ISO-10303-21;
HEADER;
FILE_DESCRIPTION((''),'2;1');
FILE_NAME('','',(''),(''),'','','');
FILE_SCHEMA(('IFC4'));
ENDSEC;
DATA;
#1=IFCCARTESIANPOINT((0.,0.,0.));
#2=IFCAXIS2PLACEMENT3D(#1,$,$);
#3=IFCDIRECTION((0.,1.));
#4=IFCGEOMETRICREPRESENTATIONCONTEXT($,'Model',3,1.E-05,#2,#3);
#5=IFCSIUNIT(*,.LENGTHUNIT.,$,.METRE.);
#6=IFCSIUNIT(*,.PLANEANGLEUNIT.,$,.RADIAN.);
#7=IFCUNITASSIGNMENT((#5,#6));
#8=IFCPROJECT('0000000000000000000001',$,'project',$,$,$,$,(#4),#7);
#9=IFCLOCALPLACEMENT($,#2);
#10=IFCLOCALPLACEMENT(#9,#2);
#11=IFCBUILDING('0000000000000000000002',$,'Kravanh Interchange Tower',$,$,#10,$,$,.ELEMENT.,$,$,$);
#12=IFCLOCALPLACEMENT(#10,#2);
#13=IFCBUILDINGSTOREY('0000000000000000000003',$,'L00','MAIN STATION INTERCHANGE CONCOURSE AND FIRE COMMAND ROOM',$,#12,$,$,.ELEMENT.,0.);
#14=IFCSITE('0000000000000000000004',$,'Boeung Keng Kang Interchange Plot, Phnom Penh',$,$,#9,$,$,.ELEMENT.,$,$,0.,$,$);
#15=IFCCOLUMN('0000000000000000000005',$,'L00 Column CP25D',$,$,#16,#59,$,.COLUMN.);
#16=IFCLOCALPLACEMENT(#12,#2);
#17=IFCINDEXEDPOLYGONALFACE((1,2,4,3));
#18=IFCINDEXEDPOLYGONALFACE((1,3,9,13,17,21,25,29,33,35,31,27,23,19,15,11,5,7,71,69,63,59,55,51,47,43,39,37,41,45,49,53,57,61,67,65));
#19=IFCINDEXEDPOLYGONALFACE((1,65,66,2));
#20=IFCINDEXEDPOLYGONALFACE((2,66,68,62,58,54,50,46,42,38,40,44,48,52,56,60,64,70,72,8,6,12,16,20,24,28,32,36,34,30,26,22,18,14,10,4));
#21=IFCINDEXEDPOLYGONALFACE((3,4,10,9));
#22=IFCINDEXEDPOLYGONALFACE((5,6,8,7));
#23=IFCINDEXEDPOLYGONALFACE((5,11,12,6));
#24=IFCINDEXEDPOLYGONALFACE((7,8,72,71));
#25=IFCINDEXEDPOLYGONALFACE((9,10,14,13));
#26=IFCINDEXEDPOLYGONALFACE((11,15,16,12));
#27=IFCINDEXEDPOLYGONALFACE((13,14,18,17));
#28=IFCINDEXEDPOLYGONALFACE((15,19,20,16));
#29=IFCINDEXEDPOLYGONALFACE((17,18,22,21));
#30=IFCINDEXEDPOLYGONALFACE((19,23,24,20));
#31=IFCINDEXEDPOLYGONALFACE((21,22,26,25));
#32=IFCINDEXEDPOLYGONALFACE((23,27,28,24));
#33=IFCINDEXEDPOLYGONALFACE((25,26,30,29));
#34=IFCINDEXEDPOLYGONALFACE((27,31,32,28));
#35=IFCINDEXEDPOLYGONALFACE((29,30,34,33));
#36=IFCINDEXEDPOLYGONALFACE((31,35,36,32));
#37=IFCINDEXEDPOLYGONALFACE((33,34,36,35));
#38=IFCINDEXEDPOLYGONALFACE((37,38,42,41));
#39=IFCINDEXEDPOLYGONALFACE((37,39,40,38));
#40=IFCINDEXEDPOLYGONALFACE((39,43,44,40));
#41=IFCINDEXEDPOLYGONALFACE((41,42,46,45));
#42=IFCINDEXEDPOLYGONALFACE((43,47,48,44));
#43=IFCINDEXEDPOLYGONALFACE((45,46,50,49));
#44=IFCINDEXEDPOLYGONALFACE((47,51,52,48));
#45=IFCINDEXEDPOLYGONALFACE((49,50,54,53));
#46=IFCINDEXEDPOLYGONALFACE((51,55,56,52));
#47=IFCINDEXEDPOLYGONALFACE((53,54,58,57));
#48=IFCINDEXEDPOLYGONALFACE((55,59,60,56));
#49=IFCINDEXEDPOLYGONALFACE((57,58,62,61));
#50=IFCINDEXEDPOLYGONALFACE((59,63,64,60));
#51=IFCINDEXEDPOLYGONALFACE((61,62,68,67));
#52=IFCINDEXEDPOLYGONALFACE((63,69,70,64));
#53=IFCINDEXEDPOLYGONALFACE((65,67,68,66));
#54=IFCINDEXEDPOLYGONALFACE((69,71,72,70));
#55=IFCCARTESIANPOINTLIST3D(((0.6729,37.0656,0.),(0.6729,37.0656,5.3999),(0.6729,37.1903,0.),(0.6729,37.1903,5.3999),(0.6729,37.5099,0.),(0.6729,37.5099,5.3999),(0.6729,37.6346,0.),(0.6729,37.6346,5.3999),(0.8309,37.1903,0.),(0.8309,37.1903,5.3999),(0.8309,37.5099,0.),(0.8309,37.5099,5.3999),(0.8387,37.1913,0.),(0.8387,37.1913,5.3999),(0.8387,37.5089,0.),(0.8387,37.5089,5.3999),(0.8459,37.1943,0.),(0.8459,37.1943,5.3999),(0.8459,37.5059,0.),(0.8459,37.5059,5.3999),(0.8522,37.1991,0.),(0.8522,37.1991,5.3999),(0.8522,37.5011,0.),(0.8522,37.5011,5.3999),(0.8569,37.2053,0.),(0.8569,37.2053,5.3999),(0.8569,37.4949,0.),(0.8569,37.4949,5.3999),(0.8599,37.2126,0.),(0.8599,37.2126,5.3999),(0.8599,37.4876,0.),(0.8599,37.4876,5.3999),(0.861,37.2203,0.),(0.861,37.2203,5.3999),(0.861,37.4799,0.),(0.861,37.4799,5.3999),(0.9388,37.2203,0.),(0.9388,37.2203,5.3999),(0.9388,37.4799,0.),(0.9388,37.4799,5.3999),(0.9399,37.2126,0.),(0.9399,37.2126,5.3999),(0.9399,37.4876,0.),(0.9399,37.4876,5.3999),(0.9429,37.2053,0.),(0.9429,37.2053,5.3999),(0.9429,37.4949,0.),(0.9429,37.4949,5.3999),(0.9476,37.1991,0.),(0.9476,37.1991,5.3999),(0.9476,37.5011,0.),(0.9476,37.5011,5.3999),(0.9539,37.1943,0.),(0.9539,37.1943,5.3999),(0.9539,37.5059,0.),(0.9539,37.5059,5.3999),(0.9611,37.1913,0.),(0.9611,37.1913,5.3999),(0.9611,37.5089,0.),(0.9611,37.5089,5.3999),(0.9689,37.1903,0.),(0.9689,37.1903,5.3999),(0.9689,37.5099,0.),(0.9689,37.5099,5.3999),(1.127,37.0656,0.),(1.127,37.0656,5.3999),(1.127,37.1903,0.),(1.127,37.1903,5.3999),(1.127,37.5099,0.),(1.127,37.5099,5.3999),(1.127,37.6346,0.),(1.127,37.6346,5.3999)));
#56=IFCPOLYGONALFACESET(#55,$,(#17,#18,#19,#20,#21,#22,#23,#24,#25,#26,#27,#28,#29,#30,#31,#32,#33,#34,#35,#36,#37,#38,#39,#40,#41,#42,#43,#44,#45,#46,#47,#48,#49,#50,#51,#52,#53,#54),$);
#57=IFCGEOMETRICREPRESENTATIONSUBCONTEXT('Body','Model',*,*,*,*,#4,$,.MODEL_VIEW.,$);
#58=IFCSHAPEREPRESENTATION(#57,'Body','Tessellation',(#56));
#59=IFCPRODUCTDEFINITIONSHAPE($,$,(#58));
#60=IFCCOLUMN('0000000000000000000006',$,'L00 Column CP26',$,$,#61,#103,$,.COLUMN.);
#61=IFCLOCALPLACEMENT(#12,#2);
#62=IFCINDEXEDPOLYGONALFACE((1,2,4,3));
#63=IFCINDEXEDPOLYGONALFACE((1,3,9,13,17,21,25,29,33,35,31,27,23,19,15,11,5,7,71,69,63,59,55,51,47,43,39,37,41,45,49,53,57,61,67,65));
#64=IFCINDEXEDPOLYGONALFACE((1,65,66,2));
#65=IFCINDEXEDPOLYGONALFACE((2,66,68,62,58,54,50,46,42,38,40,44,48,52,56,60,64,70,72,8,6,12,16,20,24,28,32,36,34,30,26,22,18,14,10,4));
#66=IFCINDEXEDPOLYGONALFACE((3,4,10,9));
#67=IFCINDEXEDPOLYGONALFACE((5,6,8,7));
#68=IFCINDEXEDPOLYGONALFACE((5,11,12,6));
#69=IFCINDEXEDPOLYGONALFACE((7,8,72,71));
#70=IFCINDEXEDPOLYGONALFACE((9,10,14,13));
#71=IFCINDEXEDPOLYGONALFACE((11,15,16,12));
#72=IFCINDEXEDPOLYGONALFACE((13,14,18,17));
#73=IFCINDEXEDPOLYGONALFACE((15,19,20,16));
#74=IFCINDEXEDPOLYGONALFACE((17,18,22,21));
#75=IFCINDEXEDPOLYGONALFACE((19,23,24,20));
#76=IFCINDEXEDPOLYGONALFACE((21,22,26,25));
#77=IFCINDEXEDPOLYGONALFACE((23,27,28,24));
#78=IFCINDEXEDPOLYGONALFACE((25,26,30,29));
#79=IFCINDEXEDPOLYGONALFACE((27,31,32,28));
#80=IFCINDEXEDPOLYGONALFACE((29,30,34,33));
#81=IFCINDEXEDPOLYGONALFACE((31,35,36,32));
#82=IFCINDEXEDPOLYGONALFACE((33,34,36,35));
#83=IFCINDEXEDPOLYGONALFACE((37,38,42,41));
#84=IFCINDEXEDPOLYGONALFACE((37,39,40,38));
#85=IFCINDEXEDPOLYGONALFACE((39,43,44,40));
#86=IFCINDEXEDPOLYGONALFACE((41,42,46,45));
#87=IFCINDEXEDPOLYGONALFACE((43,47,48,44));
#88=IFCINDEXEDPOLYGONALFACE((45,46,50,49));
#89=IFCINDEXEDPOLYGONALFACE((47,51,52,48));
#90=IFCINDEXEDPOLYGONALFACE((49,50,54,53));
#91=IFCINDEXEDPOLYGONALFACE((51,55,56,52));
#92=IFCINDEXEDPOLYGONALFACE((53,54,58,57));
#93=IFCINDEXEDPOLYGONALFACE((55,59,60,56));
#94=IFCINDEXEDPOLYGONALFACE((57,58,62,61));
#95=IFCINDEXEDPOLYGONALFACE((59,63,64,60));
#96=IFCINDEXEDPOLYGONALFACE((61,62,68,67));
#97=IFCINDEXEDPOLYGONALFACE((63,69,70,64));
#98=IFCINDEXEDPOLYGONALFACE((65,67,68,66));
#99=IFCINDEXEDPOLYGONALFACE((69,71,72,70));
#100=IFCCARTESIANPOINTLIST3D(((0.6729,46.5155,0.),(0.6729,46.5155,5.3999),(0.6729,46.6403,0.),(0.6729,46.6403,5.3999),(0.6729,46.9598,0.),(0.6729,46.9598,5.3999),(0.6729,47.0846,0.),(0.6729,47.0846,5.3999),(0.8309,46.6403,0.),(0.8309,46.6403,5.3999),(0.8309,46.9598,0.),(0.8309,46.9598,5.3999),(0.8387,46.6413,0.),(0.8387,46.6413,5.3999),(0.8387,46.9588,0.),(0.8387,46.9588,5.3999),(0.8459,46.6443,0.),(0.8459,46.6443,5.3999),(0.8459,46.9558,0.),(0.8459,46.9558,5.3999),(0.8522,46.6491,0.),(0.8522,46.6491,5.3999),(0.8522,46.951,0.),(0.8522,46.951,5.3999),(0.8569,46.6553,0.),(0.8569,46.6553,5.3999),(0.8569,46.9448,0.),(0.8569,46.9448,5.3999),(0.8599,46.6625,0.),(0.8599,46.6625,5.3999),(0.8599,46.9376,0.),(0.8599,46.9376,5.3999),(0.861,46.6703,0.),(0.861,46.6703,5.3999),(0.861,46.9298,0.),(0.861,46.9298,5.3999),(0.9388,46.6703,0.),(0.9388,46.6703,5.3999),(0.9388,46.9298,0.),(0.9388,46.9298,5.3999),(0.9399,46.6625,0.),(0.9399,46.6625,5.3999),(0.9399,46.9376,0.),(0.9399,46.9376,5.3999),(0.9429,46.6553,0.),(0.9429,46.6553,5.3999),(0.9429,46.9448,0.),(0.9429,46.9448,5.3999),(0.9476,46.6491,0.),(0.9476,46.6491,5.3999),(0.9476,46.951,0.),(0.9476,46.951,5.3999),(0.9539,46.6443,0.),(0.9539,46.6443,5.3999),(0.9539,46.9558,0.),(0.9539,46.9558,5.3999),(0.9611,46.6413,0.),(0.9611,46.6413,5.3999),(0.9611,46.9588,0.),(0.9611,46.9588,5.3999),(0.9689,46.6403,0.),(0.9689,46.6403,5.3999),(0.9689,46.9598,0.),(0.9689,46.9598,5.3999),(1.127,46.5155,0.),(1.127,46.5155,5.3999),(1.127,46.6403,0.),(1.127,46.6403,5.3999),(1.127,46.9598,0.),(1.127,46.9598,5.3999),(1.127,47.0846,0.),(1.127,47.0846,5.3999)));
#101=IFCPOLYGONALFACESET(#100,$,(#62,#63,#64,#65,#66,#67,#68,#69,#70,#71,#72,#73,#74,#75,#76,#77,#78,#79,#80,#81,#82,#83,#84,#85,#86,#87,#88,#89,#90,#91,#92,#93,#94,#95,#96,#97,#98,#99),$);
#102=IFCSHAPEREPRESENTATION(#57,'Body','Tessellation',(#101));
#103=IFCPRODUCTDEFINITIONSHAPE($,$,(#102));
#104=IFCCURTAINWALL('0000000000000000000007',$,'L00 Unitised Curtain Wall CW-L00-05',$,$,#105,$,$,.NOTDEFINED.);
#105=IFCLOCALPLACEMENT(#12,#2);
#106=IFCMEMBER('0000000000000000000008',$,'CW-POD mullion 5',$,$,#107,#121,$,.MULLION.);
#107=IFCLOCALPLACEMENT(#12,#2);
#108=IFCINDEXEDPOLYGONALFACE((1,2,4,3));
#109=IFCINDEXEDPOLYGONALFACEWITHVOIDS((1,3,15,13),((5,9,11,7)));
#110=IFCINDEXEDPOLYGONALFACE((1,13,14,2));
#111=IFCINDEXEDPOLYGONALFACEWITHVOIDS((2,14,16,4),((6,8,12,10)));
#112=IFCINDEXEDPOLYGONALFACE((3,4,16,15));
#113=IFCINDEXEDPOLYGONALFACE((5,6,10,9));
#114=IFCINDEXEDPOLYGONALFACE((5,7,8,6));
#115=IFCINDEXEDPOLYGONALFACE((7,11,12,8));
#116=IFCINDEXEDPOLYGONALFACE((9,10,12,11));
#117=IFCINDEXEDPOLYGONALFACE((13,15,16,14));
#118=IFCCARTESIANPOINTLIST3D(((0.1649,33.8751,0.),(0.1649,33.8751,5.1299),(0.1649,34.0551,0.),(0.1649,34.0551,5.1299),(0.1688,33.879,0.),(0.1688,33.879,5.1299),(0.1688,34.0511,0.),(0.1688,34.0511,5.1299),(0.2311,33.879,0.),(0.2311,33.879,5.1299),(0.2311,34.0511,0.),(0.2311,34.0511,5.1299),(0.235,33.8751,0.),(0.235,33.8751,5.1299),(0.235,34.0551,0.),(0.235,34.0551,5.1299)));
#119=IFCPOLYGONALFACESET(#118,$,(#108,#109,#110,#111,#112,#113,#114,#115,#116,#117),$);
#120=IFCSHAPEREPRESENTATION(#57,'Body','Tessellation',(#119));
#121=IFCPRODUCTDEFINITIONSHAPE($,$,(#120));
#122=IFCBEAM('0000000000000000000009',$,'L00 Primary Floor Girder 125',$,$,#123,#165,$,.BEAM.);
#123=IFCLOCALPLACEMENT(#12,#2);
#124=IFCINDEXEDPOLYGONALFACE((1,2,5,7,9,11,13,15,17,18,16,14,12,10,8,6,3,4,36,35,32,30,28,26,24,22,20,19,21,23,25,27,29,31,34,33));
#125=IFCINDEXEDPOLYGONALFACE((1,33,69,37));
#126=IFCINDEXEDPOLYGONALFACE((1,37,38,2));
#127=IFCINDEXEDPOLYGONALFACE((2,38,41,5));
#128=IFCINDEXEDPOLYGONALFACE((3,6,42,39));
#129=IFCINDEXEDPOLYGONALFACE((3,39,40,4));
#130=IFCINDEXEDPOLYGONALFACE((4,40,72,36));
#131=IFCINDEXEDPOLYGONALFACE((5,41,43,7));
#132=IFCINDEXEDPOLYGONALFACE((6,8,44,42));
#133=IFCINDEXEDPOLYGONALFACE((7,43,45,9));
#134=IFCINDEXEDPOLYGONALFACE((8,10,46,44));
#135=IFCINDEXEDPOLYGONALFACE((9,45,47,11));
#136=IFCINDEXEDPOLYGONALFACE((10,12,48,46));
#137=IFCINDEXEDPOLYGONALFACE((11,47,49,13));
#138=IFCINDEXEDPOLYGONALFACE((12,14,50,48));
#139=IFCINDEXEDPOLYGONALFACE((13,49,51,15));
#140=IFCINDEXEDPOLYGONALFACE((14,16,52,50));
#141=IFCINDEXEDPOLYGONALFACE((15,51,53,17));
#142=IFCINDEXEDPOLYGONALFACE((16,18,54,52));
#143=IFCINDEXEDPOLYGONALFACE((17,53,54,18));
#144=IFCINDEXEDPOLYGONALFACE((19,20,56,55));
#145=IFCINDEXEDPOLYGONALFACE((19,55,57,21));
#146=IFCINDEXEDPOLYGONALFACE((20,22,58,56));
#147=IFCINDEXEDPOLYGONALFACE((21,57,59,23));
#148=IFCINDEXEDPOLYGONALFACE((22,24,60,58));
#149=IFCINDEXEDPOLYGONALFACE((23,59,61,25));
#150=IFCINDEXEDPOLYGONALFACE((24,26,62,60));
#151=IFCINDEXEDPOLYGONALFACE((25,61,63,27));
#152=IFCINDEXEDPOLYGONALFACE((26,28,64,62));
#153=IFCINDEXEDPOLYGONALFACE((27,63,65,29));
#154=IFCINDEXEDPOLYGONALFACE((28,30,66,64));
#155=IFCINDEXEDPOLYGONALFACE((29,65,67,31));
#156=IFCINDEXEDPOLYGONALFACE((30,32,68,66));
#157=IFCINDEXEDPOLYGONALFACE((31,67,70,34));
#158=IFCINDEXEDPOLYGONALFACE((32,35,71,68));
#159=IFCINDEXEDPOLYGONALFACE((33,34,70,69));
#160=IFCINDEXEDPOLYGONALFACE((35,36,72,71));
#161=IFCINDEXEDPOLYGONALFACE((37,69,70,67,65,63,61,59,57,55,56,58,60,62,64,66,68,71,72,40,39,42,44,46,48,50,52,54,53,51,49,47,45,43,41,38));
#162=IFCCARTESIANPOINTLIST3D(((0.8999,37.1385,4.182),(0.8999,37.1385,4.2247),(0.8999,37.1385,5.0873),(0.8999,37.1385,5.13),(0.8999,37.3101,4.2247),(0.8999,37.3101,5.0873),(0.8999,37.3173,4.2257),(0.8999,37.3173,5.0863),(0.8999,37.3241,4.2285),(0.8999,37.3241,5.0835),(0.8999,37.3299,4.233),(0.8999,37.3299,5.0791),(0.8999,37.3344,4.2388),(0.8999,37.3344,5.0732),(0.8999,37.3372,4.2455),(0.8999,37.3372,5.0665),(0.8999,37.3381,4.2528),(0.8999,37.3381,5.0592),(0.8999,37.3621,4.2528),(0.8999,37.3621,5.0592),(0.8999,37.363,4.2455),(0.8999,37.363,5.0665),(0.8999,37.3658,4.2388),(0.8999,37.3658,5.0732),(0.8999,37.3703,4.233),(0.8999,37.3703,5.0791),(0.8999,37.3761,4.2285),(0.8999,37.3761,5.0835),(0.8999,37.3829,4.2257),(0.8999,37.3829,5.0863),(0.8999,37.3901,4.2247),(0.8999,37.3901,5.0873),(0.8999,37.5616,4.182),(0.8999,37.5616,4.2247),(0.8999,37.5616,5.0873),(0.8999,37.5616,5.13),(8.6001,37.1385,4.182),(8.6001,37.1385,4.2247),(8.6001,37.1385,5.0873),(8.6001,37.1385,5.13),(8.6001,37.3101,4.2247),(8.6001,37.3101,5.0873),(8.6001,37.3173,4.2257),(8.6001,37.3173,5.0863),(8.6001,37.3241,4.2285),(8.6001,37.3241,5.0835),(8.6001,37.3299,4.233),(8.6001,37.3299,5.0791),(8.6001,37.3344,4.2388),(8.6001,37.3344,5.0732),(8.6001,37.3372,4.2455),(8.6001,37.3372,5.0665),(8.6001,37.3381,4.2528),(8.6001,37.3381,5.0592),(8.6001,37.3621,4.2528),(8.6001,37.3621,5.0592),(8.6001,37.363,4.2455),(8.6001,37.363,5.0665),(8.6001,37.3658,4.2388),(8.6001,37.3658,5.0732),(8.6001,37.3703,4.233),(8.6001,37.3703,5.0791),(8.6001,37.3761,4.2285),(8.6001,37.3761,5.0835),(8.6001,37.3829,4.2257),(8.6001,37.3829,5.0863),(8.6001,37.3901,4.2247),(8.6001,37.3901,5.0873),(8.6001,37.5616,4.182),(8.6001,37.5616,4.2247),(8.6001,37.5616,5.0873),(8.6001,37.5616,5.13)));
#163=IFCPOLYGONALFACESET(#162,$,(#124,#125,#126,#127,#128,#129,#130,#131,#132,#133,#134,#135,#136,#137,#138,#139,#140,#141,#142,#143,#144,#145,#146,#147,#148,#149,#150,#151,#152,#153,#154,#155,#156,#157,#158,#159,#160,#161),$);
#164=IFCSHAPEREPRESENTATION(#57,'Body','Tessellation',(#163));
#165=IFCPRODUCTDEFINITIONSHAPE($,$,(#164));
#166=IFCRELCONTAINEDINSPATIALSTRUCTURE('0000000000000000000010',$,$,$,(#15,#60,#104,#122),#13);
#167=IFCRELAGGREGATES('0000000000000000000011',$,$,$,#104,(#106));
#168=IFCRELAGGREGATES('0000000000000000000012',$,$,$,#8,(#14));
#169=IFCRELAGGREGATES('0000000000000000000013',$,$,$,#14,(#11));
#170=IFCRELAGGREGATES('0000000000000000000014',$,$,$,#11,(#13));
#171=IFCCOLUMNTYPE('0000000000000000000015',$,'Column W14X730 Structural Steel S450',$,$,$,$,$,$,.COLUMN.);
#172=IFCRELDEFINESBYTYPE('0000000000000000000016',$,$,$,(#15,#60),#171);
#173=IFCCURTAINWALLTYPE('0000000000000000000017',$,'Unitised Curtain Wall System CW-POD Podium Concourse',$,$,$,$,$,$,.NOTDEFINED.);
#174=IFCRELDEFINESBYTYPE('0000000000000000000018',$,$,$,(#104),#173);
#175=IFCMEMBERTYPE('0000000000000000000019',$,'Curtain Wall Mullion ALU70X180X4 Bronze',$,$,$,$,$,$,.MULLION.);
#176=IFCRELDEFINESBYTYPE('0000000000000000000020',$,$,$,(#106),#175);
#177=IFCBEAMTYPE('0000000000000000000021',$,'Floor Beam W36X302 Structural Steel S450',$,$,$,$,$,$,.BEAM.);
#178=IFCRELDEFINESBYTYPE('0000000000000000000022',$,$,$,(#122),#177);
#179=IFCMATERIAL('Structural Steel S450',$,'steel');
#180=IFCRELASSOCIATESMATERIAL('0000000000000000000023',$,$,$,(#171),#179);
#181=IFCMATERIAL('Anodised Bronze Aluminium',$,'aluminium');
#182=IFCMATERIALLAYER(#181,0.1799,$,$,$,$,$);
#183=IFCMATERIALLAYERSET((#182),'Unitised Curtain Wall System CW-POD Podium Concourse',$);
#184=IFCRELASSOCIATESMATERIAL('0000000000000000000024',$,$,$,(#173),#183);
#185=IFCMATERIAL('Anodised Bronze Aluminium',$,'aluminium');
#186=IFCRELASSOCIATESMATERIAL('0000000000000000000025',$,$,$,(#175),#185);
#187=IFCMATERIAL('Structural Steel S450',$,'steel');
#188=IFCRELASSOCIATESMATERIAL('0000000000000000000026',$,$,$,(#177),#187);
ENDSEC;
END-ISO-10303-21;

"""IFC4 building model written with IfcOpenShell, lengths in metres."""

from ifc_helpers import new_model, si_unit, direction, frame, origin, origin_2d, place, context, subcontext, project, spatial, hollow_rectangle, i_section, extrude, material, layer, layer_set, material_profile, profile_set, type_object, element, aggregate, save


model = new_model("IFC4")

# Units and contexts
model_context = context("Model", 3, precision=1e-05, world=origin(), true_north=direction((0.0, 1.0)))
body_context = subcontext(model_context, "Body", "Model", "MODEL_VIEW")
ifc_project = project(units=[si_unit("LENGTHUNIT", "METRE"), si_unit("PLANEANGLEUNIT", "RADIAN")], contexts=[model_context])

# Site, building, storey
site_placement = place(None, origin())
site = spatial("IfcSite", under=ifc_project, at=site_placement, Name="Boeung Keng Kang Interchange Plot, Phnom Penh", CompositionType="ELEMENT", RefElevation=0.0)
building_placement = place(site_placement, origin())
building = spatial("IfcBuilding", under=site, at=building_placement, Name="Kravanh Interchange Tower", CompositionType="ELEMENT")
storey_placement = place(building_placement, origin())
storey = spatial("IfcBuildingStorey", under=building, at=storey_placement, Name="L00", Description="MAIN STATION INTERCHANGE CONCOURSE AND FIRE COMMAND ROOM", CompositionType="ELEMENT", Elevation=0.0)

# Columns
ifc_material_1 = material(Name="Structural Steel S450", Category="steel")
ifc_material_profile_1 = material_profile(ifc_material_1, i_section(OverallWidth=0.4541, OverallDepth=0.5691, WebThickness=0.0779, FlangeThickness=0.1248, FilletRadius=0.03, at=origin_2d()), Name="W14X730")
ifc_profile_set_1 = profile_set([ifc_material_profile_1], Name="Structural Steel S450")
column_type = type_object("IfcColumnType", Name="Column W14X730 Structural Steel S450", PredefinedType="COLUMN", material=ifc_profile_set_1)
for number, where, z_axis, x_axis, name in (
    (1, (0.8999, 37.3501, 0.0), (0.0, 0.0, 1.0), (1.0, 0.0, 0.0), "L00 Column CP25D"),
    (2, (0.8999, 46.8, 0.0), (0.0, 0.0, 1.0), (1.0, 0.0, 0.0), "L00 Column CP26"),
):
    element("IfcColumn", number, at=place(storey_placement, frame(where, z_axis=z_axis, x_axis=x_axis)), inside=storey, type_object=column_type, Name=name, PredefinedType="COLUMN", context=body_context, shape_type="SweptSolid", body=[
        extrude(i_section(OverallWidth=0.4541, OverallDepth=0.5691, WebThickness=0.0779, FlangeThickness=0.1248, FilletRadius=0.03, at=origin_2d()), origin(), (0.0, 0.0, 1.0), 5.3999),
    ])

# Curtain wall, member
ifc_material_2 = material(Name="Anodised Bronze Aluminium", Category="aluminium")
ifc_layer_1 = layer(ifc_material_2, 0.1799)
ifc_layer_set_1 = layer_set([ifc_layer_1], Name="Unitised Curtain Wall System CW-POD Podium Concourse")
curtain_wall_type = type_object("IfcCurtainWallType", Name="Unitised Curtain Wall System CW-POD Podium Concourse", PredefinedType="NOTDEFINED", material=ifc_layer_set_1)
curtain_wall_placement = place(storey_placement, origin())
curtain_wall = element("IfcCurtainWall", 3, at=curtain_wall_placement, inside=storey, type_object=curtain_wall_type, Name="L00 Unitised Curtain Wall CW-L00-05", PredefinedType="NOTDEFINED")
ifc_material_3 = material(Name="Anodised Bronze Aluminium", Category="aluminium")
ifc_material_profile_2 = material_profile(ifc_material_3, hollow_rectangle(XDim=0.0701, YDim=0.1799, WallThickness=0.0039, at=origin_2d()), Name="ALU70X180X4")
ifc_profile_set_2 = profile_set([ifc_material_profile_2], Name="Anodised Bronze Aluminium")
member_type = type_object("IfcMemberType", Name="Curtain Wall Mullion ALU70X180X4 Bronze", PredefinedType="MULLION", material=ifc_profile_set_2)
member_placement = place(storey_placement, frame((0.2, 33.9651, 0.0), z_axis=(0.0, 0.0, 1.0), x_axis=(-1.0, 0.0, 0.0)))
member = element("IfcMember", 4, at=member_placement, type_object=member_type, Name="CW-POD mullion 5", PredefinedType="MULLION", context=body_context, shape_type="SweptSolid", body=[
    extrude(hollow_rectangle(XDim=0.0701, YDim=0.1799, WallThickness=0.0039, at=origin_2d()), origin(), (0.0, 0.0, 1.0), 5.1299),
])

# Beam
ifc_material_4 = material(Name="Structural Steel S450", Category="steel")
ifc_material_profile_3 = material_profile(ifc_material_4, i_section(OverallWidth=0.4231, OverallDepth=0.948, WebThickness=0.0239, FlangeThickness=0.0427, FilletRadius=0.0281, at=origin_2d()), Name="W36X302")
ifc_profile_set_3 = profile_set([ifc_material_profile_3], Name="Structural Steel S450")
beam_type = type_object("IfcBeamType", Name="Floor Beam W36X302 Structural Steel S450", PredefinedType="BEAM", material=ifc_profile_set_3)
beam_1_placement = place(storey_placement, frame((0.8999, 37.3501, 4.656), z_axis=(1.0, 0.0, 0.0), x_axis=(0.0, 1.0, 0.0)))
element("IfcBeam", 5, at=beam_1_placement, inside=storey, type_object=beam_type, Name="L00 Primary Floor Girder 125", PredefinedType="BEAM", context=body_context, shape_type="SweptSolid", body=[
    extrude(i_section(OverallWidth=0.4231, OverallDepth=0.948, WebThickness=0.0239, FlangeThickness=0.0427, FilletRadius=0.0281, at=origin_2d()), origin(), (0.0, 0.0, 1.0), 7.7002),
])

aggregate(curtain_wall, [member])

save(model, "model.ifc")
